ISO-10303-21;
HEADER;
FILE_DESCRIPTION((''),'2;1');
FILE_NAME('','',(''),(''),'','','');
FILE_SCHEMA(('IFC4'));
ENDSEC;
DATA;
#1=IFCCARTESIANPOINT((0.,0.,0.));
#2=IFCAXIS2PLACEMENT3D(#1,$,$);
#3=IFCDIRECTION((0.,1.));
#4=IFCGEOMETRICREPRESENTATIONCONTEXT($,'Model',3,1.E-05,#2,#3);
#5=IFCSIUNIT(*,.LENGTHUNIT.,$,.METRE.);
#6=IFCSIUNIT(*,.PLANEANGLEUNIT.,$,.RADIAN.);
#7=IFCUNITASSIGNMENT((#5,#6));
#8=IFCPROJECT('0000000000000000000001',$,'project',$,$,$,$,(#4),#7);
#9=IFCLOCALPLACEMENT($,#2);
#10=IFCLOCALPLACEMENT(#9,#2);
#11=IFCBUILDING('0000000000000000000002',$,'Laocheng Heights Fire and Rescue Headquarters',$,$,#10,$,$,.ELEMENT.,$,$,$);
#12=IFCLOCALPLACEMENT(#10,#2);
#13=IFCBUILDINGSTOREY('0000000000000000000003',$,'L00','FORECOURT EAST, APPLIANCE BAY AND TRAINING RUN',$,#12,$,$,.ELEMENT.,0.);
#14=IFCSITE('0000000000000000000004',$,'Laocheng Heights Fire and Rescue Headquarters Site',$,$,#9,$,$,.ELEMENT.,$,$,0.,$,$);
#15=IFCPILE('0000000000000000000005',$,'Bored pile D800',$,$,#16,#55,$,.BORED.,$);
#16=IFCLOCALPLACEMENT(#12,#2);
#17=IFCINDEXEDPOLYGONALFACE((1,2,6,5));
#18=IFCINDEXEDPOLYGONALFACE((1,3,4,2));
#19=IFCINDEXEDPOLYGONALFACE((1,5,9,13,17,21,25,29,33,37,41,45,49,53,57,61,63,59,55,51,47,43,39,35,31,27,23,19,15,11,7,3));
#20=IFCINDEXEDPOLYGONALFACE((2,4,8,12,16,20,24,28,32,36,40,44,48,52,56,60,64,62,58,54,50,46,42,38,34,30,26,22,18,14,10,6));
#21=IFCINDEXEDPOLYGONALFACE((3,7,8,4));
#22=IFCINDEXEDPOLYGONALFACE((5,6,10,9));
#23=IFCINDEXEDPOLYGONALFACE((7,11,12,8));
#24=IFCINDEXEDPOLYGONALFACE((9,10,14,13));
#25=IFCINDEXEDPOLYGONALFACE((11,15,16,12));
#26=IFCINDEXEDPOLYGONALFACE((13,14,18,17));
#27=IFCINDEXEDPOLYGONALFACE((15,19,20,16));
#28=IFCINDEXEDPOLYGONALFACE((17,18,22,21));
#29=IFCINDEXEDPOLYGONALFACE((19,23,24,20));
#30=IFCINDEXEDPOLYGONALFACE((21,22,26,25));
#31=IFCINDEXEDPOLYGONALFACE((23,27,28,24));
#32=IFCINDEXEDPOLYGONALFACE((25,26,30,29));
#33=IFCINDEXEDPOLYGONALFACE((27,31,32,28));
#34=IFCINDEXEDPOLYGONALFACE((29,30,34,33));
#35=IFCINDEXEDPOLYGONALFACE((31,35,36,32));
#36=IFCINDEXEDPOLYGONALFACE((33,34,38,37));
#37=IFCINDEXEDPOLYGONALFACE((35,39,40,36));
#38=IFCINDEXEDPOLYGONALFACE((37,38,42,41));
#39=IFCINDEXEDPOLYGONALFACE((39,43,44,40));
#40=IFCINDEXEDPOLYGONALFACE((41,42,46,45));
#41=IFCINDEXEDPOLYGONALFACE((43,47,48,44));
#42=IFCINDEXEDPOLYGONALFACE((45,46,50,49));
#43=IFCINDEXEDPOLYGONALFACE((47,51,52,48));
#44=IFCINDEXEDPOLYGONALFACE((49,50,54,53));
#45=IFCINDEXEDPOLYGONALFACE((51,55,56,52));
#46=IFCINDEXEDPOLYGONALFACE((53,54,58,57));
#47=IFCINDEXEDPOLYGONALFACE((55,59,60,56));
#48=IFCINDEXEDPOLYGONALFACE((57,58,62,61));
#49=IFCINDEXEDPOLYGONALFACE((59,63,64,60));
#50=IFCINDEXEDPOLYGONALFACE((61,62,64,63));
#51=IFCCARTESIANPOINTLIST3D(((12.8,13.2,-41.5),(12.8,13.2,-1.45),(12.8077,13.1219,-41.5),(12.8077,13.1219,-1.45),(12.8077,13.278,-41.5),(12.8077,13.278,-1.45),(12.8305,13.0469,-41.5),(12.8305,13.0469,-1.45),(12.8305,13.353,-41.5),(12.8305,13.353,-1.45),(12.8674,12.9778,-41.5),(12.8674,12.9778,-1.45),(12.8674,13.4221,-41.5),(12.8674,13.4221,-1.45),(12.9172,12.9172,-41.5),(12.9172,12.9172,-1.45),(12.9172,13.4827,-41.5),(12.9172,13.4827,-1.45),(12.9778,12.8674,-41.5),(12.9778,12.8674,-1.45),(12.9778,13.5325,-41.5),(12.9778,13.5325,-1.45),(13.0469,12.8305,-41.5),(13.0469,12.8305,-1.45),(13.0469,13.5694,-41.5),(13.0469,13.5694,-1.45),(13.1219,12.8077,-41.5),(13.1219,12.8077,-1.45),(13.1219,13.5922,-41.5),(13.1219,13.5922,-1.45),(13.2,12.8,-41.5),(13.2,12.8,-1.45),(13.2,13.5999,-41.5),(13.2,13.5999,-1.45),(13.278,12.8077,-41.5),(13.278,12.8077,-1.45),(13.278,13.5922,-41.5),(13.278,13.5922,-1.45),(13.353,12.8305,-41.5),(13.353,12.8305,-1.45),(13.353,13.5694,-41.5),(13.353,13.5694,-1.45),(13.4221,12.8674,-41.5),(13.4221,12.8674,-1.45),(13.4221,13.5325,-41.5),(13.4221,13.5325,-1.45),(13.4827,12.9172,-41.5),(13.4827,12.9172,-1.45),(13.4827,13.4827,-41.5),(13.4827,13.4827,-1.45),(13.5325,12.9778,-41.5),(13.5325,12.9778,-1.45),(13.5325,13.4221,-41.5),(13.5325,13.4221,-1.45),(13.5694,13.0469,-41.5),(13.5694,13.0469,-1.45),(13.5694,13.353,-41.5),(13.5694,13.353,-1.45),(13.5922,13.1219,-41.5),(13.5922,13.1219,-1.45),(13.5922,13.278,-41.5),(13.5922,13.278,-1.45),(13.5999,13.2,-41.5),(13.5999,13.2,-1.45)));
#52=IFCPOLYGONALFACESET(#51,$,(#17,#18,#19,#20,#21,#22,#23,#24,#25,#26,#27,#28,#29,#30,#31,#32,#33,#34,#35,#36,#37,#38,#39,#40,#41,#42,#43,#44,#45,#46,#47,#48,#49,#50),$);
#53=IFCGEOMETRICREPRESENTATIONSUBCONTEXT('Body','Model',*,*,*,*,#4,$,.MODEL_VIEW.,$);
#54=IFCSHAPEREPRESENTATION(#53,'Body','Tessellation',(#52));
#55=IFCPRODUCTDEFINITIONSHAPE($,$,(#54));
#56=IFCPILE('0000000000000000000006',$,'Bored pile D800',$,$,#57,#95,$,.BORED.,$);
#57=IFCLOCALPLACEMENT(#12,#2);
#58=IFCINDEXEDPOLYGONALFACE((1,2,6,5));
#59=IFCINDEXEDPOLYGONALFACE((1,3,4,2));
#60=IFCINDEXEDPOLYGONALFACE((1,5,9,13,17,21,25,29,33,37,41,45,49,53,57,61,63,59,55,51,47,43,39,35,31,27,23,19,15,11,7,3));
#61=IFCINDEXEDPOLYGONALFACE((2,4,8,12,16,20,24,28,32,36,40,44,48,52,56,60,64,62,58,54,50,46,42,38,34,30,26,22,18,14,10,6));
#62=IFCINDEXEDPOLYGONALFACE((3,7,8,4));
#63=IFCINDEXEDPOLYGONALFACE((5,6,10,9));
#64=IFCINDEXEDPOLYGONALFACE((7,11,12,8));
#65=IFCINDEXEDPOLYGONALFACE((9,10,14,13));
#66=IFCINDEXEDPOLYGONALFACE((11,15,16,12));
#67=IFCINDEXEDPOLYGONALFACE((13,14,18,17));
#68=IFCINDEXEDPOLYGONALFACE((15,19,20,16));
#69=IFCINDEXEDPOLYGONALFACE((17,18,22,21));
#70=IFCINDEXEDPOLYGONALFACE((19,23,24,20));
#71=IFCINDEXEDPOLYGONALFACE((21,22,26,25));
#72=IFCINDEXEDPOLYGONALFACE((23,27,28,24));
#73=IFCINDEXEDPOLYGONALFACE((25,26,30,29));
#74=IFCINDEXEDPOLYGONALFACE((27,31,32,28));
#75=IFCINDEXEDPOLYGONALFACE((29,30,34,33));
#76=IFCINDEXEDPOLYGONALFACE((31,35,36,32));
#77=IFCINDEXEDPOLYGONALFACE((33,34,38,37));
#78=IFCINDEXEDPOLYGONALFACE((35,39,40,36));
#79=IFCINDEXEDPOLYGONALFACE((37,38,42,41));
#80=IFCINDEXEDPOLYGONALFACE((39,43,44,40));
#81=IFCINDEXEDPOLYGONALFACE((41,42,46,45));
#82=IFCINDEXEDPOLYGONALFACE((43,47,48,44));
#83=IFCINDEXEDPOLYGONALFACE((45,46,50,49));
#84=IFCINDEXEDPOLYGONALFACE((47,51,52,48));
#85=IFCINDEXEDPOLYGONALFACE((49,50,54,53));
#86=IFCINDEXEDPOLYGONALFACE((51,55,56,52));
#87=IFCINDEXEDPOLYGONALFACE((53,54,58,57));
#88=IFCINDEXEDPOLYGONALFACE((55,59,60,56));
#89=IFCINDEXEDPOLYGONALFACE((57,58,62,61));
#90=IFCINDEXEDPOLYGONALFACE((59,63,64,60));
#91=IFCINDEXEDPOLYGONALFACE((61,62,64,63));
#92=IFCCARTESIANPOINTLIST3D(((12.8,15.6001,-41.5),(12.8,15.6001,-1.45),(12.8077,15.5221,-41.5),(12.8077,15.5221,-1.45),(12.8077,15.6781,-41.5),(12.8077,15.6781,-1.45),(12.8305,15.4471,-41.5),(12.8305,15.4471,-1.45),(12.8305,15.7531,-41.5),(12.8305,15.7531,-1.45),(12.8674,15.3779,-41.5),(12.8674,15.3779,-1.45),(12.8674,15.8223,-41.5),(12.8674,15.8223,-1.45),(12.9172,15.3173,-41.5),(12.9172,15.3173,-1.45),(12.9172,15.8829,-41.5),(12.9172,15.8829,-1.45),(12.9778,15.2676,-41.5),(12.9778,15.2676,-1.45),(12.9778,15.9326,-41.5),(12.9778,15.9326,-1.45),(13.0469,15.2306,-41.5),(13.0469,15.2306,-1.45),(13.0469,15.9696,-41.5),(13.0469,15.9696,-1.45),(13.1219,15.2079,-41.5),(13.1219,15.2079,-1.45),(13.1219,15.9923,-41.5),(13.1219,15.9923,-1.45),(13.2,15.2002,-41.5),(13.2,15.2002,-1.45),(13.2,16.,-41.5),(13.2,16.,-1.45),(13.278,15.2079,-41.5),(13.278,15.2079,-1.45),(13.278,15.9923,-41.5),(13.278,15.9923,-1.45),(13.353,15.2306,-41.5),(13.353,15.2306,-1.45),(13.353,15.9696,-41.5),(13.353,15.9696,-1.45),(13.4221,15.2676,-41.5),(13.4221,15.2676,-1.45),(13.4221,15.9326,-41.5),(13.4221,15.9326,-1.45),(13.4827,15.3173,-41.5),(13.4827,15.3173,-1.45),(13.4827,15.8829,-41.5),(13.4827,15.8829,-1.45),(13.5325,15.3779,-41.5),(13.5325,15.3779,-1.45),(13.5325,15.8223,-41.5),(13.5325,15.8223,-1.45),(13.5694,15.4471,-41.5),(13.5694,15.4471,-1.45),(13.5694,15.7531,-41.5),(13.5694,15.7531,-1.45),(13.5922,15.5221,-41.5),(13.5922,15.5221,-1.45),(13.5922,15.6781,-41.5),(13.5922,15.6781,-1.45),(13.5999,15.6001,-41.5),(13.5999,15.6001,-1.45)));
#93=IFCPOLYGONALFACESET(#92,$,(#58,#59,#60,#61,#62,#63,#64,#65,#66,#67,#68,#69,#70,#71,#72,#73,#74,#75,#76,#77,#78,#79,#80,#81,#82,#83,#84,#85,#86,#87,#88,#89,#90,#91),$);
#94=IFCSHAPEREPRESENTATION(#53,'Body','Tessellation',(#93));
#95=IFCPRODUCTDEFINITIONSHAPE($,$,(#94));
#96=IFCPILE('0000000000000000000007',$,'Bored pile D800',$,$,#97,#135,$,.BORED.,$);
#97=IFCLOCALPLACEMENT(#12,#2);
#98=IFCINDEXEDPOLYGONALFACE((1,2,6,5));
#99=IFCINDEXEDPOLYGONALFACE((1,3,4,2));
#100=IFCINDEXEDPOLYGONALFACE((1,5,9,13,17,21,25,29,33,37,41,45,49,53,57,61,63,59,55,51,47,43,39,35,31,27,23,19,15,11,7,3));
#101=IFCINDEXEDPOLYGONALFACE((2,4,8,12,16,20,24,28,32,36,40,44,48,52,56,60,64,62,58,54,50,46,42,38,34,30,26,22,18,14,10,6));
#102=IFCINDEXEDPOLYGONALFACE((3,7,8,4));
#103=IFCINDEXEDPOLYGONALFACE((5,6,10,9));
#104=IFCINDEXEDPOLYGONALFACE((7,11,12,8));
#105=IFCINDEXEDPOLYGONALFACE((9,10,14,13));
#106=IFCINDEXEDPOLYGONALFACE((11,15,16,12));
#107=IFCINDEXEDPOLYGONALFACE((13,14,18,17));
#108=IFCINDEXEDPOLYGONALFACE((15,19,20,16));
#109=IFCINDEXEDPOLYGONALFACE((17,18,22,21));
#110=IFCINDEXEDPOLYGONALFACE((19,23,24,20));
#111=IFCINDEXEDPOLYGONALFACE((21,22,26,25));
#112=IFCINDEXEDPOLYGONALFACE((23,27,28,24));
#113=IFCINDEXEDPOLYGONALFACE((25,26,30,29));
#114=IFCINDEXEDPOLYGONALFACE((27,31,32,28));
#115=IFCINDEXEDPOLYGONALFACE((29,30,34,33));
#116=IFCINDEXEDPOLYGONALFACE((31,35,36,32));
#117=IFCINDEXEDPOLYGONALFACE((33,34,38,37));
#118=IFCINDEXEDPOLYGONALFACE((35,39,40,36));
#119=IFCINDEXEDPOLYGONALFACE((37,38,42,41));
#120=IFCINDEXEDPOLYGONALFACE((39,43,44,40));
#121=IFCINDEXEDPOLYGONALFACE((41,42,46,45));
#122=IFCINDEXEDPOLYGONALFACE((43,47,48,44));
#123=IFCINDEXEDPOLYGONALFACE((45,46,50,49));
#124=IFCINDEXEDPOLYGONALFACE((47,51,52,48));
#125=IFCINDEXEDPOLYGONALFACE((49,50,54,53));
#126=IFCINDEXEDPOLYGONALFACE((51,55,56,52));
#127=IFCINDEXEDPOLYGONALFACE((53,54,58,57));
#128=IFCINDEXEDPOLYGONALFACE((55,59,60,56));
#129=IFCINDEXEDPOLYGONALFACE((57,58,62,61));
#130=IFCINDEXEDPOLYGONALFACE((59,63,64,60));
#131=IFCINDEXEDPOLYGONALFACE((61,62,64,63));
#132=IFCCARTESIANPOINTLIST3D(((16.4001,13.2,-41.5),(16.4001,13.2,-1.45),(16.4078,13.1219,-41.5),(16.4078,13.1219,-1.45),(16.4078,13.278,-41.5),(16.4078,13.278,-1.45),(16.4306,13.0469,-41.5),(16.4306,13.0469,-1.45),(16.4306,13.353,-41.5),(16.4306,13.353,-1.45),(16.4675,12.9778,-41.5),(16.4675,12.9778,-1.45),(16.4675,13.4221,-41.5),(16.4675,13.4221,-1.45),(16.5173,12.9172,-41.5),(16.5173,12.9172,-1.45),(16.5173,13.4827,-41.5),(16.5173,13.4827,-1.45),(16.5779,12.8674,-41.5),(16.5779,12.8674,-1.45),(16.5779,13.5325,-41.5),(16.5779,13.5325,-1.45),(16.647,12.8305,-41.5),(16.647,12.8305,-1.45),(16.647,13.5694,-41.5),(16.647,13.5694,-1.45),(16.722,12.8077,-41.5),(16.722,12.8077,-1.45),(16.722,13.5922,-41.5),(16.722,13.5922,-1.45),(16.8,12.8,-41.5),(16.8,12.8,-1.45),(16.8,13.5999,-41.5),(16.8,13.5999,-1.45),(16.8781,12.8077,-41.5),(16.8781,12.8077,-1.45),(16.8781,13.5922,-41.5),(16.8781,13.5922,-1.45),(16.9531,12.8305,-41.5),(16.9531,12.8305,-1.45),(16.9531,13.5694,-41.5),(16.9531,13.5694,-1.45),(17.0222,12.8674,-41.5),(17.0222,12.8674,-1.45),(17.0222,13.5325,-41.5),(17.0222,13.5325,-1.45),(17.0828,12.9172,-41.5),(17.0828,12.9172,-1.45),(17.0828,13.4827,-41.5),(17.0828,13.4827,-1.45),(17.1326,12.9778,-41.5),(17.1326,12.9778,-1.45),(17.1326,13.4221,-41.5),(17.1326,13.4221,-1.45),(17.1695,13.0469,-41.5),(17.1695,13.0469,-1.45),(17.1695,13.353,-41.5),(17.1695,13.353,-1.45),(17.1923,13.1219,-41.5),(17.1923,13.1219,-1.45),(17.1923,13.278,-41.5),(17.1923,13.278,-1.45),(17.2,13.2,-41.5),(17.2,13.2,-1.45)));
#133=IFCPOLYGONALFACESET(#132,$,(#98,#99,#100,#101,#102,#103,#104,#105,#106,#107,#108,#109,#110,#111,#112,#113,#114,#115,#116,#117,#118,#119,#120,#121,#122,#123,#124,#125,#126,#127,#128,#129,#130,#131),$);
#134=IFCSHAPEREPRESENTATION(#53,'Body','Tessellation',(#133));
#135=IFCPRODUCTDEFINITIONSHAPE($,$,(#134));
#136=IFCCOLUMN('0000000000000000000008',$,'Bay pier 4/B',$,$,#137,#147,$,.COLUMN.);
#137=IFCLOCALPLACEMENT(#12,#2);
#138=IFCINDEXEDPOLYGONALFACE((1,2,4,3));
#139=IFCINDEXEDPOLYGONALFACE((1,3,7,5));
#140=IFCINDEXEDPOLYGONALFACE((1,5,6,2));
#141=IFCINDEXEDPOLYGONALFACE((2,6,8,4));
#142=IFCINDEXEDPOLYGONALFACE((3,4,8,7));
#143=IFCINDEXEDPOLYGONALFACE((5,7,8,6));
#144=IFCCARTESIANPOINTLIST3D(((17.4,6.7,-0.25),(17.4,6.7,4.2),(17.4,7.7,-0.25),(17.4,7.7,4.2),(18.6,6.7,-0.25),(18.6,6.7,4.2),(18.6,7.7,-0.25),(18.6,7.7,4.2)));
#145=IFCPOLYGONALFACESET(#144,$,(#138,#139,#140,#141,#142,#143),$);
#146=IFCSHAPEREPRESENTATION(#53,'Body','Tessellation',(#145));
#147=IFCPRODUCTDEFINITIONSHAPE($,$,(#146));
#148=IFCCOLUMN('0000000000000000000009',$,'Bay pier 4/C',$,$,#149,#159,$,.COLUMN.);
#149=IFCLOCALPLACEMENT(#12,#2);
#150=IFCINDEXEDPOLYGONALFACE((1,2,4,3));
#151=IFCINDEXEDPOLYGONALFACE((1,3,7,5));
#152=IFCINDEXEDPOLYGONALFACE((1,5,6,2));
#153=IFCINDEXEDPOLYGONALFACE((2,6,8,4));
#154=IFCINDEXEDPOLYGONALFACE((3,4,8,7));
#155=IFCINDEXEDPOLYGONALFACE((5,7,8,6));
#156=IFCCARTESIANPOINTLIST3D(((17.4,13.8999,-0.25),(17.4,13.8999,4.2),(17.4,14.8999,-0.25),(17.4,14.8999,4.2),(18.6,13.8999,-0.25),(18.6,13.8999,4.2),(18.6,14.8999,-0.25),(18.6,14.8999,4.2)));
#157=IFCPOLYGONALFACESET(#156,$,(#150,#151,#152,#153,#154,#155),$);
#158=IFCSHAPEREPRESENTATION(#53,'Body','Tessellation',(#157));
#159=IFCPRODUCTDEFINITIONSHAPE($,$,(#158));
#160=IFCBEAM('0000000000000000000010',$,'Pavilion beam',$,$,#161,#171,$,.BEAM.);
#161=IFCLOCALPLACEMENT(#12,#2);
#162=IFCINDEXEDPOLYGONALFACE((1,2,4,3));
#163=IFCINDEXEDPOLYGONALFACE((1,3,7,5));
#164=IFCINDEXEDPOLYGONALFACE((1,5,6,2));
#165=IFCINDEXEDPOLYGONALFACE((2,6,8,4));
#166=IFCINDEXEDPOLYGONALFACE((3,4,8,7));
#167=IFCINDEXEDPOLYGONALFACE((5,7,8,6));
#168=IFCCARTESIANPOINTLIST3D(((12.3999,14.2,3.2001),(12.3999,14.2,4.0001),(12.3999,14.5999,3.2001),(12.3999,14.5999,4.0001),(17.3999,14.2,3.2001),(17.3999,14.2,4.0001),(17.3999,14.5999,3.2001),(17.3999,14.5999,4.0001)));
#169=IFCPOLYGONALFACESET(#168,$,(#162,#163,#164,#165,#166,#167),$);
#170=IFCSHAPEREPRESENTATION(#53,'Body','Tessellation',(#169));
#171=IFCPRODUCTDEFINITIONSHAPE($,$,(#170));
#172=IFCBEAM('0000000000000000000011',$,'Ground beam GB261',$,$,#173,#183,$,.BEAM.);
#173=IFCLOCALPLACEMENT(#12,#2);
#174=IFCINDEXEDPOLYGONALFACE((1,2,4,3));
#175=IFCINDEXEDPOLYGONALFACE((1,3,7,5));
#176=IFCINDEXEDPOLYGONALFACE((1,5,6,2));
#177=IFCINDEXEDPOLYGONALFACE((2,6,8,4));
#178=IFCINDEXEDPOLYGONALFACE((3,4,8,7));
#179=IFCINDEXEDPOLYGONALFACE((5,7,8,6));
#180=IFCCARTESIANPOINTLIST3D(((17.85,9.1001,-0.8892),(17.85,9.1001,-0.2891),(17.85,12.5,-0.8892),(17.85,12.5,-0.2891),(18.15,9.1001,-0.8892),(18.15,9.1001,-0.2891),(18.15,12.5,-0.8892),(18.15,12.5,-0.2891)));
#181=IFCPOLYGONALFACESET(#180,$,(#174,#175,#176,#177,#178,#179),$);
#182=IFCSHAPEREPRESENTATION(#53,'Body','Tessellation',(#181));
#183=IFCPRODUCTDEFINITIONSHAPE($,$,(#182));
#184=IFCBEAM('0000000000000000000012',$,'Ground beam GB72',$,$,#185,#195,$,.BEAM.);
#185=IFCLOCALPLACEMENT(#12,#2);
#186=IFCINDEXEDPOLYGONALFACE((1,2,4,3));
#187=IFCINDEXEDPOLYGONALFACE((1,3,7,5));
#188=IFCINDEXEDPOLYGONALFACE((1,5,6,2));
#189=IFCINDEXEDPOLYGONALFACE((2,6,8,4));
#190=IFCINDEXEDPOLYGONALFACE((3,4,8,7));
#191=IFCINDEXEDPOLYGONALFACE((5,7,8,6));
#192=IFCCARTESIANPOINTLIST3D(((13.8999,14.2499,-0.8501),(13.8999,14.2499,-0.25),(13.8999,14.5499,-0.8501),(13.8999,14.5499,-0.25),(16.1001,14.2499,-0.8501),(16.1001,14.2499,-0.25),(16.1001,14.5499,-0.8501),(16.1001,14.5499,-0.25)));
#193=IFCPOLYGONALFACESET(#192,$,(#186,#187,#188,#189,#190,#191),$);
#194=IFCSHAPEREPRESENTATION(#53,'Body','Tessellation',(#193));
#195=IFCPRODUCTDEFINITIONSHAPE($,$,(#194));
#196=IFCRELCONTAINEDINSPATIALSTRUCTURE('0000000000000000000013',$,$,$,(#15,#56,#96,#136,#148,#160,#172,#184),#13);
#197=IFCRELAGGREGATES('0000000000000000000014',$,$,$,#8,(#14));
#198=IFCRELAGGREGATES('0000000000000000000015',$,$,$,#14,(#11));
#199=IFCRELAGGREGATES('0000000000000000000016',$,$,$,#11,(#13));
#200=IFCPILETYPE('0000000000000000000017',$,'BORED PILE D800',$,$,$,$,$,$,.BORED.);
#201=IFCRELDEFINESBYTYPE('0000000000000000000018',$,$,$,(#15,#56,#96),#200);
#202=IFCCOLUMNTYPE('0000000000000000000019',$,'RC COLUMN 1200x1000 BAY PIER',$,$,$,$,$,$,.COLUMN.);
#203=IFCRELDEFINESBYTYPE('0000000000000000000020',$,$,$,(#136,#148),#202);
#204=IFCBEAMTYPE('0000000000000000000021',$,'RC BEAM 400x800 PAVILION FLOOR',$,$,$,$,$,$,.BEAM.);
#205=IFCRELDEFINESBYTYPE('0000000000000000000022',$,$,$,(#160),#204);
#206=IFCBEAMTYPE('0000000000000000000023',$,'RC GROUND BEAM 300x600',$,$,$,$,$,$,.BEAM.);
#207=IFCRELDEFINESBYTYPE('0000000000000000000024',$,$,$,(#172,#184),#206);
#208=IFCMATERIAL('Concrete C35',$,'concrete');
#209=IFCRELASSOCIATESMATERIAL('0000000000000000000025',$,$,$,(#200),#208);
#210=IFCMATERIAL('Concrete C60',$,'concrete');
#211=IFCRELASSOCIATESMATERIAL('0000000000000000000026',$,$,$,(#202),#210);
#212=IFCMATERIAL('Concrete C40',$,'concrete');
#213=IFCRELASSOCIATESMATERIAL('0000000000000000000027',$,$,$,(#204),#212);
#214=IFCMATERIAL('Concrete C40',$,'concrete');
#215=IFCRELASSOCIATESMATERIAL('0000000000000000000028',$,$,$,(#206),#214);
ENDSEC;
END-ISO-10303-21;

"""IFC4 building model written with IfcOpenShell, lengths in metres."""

from ifc_helpers import new_model, si_unit, direction, frame, origin, origin_2d, place, context, subcontext, project, spatial, rectangle, circle, extrude, material, material_profile, profile_set, type_object, element, save


model = new_model("IFC4")

# Units and contexts
model_context = context("Model", 3, precision=1e-05, world=origin(), true_north=direction((0.0, 1.0)))
body_context = subcontext(model_context, "Body", "Model", "MODEL_VIEW")
ifc_project = project(units=[si_unit("LENGTHUNIT", "METRE"), si_unit("PLANEANGLEUNIT", "RADIAN")], contexts=[model_context])

# Site, building, storey
site_placement = place(None, origin())
site = spatial("IfcSite", under=ifc_project, at=site_placement, Name="Laocheng Heights Fire and Rescue Headquarters Site", CompositionType="ELEMENT", RefElevation=0.0)
building_placement = place(site_placement, origin())
building = spatial("IfcBuilding", under=site, at=building_placement, Name="Laocheng Heights Fire and Rescue Headquarters", CompositionType="ELEMENT")
storey_placement = place(building_placement, origin())
storey = spatial("IfcBuildingStorey", under=building, at=storey_placement, Name="L00", Description="FORECOURT EAST, APPLIANCE BAY AND TRAINING RUN", CompositionType="ELEMENT", Elevation=0.0)

# Piles
ifc_material_1 = material(Name="Concrete C35", Category="concrete")
ifc_material_profile_1 = material_profile(ifc_material_1, circle(Radius=0.3999, at=origin_2d()), Name="BORED PILE D800")
ifc_profile_set_1 = profile_set([ifc_material_profile_1], Name="Concrete C35")
pile_type = type_object("IfcPileType", Name="BORED PILE D800", PredefinedType="BORED", material=ifc_profile_set_1)
for number, where, z_axis, x_axis, name in (
    (1, (13.2, 13.2, -1.45), (0.0, 0.0, -1.0), (1.0, 0.0, 0.0), "Bored pile D800"),
    (2, (13.2, 15.6001, -1.45), (0.0, 0.0, -1.0), (1.0, 0.0, 0.0), "Bored pile D800"),
    (3, (16.8, 13.2, -1.45), (0.0, 0.0, -1.0), (1.0, 0.0, 0.0), "Bored pile D800"),
):
    element("IfcPile", number, at=place(storey_placement, frame(where, z_axis=z_axis, x_axis=x_axis)), inside=storey, type_object=pile_type, Name=name, PredefinedType="BORED", context=body_context, shape_type="SweptSolid", body=[
        extrude(circle(Radius=0.3999, at=origin_2d()), origin(), (0.0, 0.0, 1.0), 40.05),
    ])

# Columns
ifc_material_2 = material(Name="Concrete C60", Category="concrete")
ifc_material_profile_2 = material_profile(ifc_material_2, rectangle(XDim=1.2, YDim=1.0, at=origin_2d()), Name="RC COLUMN 1200x1000 BAY PIER")
ifc_profile_set_2 = profile_set([ifc_material_profile_2], Name="Concrete C60")
column_type = type_object("IfcColumnType", Name="RC COLUMN 1200x1000 BAY PIER", PredefinedType="COLUMN", material=ifc_profile_set_2)
for number, where, z_axis, x_axis, name in (
    (4, (18.0, 7.2, -0.25), (0.0, 0.0, 1.0), (1.0, 0.0, 0.0), "Bay pier 4/B"),
    (5, (18.0, 14.3999, -0.25), (0.0, 0.0, 1.0), (1.0, 0.0, 0.0), "Bay pier 4/C"),
):
    element("IfcColumn", number, at=place(storey_placement, frame(where, z_axis=z_axis, x_axis=x_axis)), inside=storey, type_object=column_type, Name=name, PredefinedType="COLUMN", context=body_context, shape_type="SweptSolid", body=[
        extrude(rectangle(XDim=1.2, YDim=1.0, at=origin_2d()), origin(), (0.0, 0.0, 1.0), 4.45),
    ])

# Beams
ifc_material_3 = material(Name="Concrete C40", Category="concrete")
ifc_material_profile_3 = material_profile(ifc_material_3, rectangle(XDim=0.3999, YDim=0.8, at=origin_2d()), Name="RC BEAM 400x800 PAVILION FLOOR")
ifc_profile_set_3 = profile_set([ifc_material_profile_3], Name="Concrete C40")
beam_type_1 = type_object("IfcBeamType", Name="RC BEAM 400x800 PAVILION FLOOR", PredefinedType="BEAM", material=ifc_profile_set_3)
beam_1_placement = place(storey_placement, frame((12.3999, 14.3999, 3.6001), z_axis=(1.0, 0.0, 0.0), x_axis=(0.0, 1.0, 0.0)))
element("IfcBeam", 6, at=beam_1_placement, inside=storey, type_object=beam_type_1, Name="Pavilion beam", PredefinedType="BEAM", context=body_context, shape_type="SweptSolid", body=[
    extrude(rectangle(XDim=0.3999, YDim=0.8, at=origin_2d()), origin(), (0.0, 0.0, 1.0), 5.0),
])
ifc_material_4 = material(Name="Concrete C40", Category="concrete")
ifc_material_profile_4 = material_profile(ifc_material_4, rectangle(XDim=0.3, YDim=0.6001, at=origin_2d()), Name="RC GROUND BEAM 300x600")
ifc_profile_set_4 = profile_set([ifc_material_profile_4], Name="Concrete C40")
beam_type_2 = type_object("IfcBeamType", Name="RC GROUND BEAM 300x600", PredefinedType="BEAM", material=ifc_profile_set_4)
beam_2_placement = place(storey_placement, frame((18.0, 9.1001, -0.5891), z_axis=(0.0, 1.0, 0.0), x_axis=(-1.0, 0.0, 0.0)))
element("IfcBeam", 7, at=beam_2_placement, inside=storey, type_object=beam_type_2, Name="Ground beam GB261", PredefinedType="BEAM", context=body_context, shape_type="SweptSolid", body=[
    extrude(rectangle(XDim=0.3, YDim=0.6001, at=origin_2d()), origin(), (0.0, 0.0, 1.0), 3.3999),
])
beam_3_placement = place(storey_placement, frame((13.8999, 14.3999, -0.55), z_axis=(1.0, 0.0, 0.0), x_axis=(0.0, 1.0, 0.0)))
element("IfcBeam", 8, at=beam_3_placement, inside=storey, type_object=beam_type_2, Name="Ground beam GB72", PredefinedType="BEAM", context=body_context, shape_type="SweptSolid", body=[
    extrude(rectangle(XDim=0.3, YDim=0.6001, at=origin_2d()), origin(), (0.0, 0.0, 1.0), 2.2002),
])

save(model, "model.ifc")
